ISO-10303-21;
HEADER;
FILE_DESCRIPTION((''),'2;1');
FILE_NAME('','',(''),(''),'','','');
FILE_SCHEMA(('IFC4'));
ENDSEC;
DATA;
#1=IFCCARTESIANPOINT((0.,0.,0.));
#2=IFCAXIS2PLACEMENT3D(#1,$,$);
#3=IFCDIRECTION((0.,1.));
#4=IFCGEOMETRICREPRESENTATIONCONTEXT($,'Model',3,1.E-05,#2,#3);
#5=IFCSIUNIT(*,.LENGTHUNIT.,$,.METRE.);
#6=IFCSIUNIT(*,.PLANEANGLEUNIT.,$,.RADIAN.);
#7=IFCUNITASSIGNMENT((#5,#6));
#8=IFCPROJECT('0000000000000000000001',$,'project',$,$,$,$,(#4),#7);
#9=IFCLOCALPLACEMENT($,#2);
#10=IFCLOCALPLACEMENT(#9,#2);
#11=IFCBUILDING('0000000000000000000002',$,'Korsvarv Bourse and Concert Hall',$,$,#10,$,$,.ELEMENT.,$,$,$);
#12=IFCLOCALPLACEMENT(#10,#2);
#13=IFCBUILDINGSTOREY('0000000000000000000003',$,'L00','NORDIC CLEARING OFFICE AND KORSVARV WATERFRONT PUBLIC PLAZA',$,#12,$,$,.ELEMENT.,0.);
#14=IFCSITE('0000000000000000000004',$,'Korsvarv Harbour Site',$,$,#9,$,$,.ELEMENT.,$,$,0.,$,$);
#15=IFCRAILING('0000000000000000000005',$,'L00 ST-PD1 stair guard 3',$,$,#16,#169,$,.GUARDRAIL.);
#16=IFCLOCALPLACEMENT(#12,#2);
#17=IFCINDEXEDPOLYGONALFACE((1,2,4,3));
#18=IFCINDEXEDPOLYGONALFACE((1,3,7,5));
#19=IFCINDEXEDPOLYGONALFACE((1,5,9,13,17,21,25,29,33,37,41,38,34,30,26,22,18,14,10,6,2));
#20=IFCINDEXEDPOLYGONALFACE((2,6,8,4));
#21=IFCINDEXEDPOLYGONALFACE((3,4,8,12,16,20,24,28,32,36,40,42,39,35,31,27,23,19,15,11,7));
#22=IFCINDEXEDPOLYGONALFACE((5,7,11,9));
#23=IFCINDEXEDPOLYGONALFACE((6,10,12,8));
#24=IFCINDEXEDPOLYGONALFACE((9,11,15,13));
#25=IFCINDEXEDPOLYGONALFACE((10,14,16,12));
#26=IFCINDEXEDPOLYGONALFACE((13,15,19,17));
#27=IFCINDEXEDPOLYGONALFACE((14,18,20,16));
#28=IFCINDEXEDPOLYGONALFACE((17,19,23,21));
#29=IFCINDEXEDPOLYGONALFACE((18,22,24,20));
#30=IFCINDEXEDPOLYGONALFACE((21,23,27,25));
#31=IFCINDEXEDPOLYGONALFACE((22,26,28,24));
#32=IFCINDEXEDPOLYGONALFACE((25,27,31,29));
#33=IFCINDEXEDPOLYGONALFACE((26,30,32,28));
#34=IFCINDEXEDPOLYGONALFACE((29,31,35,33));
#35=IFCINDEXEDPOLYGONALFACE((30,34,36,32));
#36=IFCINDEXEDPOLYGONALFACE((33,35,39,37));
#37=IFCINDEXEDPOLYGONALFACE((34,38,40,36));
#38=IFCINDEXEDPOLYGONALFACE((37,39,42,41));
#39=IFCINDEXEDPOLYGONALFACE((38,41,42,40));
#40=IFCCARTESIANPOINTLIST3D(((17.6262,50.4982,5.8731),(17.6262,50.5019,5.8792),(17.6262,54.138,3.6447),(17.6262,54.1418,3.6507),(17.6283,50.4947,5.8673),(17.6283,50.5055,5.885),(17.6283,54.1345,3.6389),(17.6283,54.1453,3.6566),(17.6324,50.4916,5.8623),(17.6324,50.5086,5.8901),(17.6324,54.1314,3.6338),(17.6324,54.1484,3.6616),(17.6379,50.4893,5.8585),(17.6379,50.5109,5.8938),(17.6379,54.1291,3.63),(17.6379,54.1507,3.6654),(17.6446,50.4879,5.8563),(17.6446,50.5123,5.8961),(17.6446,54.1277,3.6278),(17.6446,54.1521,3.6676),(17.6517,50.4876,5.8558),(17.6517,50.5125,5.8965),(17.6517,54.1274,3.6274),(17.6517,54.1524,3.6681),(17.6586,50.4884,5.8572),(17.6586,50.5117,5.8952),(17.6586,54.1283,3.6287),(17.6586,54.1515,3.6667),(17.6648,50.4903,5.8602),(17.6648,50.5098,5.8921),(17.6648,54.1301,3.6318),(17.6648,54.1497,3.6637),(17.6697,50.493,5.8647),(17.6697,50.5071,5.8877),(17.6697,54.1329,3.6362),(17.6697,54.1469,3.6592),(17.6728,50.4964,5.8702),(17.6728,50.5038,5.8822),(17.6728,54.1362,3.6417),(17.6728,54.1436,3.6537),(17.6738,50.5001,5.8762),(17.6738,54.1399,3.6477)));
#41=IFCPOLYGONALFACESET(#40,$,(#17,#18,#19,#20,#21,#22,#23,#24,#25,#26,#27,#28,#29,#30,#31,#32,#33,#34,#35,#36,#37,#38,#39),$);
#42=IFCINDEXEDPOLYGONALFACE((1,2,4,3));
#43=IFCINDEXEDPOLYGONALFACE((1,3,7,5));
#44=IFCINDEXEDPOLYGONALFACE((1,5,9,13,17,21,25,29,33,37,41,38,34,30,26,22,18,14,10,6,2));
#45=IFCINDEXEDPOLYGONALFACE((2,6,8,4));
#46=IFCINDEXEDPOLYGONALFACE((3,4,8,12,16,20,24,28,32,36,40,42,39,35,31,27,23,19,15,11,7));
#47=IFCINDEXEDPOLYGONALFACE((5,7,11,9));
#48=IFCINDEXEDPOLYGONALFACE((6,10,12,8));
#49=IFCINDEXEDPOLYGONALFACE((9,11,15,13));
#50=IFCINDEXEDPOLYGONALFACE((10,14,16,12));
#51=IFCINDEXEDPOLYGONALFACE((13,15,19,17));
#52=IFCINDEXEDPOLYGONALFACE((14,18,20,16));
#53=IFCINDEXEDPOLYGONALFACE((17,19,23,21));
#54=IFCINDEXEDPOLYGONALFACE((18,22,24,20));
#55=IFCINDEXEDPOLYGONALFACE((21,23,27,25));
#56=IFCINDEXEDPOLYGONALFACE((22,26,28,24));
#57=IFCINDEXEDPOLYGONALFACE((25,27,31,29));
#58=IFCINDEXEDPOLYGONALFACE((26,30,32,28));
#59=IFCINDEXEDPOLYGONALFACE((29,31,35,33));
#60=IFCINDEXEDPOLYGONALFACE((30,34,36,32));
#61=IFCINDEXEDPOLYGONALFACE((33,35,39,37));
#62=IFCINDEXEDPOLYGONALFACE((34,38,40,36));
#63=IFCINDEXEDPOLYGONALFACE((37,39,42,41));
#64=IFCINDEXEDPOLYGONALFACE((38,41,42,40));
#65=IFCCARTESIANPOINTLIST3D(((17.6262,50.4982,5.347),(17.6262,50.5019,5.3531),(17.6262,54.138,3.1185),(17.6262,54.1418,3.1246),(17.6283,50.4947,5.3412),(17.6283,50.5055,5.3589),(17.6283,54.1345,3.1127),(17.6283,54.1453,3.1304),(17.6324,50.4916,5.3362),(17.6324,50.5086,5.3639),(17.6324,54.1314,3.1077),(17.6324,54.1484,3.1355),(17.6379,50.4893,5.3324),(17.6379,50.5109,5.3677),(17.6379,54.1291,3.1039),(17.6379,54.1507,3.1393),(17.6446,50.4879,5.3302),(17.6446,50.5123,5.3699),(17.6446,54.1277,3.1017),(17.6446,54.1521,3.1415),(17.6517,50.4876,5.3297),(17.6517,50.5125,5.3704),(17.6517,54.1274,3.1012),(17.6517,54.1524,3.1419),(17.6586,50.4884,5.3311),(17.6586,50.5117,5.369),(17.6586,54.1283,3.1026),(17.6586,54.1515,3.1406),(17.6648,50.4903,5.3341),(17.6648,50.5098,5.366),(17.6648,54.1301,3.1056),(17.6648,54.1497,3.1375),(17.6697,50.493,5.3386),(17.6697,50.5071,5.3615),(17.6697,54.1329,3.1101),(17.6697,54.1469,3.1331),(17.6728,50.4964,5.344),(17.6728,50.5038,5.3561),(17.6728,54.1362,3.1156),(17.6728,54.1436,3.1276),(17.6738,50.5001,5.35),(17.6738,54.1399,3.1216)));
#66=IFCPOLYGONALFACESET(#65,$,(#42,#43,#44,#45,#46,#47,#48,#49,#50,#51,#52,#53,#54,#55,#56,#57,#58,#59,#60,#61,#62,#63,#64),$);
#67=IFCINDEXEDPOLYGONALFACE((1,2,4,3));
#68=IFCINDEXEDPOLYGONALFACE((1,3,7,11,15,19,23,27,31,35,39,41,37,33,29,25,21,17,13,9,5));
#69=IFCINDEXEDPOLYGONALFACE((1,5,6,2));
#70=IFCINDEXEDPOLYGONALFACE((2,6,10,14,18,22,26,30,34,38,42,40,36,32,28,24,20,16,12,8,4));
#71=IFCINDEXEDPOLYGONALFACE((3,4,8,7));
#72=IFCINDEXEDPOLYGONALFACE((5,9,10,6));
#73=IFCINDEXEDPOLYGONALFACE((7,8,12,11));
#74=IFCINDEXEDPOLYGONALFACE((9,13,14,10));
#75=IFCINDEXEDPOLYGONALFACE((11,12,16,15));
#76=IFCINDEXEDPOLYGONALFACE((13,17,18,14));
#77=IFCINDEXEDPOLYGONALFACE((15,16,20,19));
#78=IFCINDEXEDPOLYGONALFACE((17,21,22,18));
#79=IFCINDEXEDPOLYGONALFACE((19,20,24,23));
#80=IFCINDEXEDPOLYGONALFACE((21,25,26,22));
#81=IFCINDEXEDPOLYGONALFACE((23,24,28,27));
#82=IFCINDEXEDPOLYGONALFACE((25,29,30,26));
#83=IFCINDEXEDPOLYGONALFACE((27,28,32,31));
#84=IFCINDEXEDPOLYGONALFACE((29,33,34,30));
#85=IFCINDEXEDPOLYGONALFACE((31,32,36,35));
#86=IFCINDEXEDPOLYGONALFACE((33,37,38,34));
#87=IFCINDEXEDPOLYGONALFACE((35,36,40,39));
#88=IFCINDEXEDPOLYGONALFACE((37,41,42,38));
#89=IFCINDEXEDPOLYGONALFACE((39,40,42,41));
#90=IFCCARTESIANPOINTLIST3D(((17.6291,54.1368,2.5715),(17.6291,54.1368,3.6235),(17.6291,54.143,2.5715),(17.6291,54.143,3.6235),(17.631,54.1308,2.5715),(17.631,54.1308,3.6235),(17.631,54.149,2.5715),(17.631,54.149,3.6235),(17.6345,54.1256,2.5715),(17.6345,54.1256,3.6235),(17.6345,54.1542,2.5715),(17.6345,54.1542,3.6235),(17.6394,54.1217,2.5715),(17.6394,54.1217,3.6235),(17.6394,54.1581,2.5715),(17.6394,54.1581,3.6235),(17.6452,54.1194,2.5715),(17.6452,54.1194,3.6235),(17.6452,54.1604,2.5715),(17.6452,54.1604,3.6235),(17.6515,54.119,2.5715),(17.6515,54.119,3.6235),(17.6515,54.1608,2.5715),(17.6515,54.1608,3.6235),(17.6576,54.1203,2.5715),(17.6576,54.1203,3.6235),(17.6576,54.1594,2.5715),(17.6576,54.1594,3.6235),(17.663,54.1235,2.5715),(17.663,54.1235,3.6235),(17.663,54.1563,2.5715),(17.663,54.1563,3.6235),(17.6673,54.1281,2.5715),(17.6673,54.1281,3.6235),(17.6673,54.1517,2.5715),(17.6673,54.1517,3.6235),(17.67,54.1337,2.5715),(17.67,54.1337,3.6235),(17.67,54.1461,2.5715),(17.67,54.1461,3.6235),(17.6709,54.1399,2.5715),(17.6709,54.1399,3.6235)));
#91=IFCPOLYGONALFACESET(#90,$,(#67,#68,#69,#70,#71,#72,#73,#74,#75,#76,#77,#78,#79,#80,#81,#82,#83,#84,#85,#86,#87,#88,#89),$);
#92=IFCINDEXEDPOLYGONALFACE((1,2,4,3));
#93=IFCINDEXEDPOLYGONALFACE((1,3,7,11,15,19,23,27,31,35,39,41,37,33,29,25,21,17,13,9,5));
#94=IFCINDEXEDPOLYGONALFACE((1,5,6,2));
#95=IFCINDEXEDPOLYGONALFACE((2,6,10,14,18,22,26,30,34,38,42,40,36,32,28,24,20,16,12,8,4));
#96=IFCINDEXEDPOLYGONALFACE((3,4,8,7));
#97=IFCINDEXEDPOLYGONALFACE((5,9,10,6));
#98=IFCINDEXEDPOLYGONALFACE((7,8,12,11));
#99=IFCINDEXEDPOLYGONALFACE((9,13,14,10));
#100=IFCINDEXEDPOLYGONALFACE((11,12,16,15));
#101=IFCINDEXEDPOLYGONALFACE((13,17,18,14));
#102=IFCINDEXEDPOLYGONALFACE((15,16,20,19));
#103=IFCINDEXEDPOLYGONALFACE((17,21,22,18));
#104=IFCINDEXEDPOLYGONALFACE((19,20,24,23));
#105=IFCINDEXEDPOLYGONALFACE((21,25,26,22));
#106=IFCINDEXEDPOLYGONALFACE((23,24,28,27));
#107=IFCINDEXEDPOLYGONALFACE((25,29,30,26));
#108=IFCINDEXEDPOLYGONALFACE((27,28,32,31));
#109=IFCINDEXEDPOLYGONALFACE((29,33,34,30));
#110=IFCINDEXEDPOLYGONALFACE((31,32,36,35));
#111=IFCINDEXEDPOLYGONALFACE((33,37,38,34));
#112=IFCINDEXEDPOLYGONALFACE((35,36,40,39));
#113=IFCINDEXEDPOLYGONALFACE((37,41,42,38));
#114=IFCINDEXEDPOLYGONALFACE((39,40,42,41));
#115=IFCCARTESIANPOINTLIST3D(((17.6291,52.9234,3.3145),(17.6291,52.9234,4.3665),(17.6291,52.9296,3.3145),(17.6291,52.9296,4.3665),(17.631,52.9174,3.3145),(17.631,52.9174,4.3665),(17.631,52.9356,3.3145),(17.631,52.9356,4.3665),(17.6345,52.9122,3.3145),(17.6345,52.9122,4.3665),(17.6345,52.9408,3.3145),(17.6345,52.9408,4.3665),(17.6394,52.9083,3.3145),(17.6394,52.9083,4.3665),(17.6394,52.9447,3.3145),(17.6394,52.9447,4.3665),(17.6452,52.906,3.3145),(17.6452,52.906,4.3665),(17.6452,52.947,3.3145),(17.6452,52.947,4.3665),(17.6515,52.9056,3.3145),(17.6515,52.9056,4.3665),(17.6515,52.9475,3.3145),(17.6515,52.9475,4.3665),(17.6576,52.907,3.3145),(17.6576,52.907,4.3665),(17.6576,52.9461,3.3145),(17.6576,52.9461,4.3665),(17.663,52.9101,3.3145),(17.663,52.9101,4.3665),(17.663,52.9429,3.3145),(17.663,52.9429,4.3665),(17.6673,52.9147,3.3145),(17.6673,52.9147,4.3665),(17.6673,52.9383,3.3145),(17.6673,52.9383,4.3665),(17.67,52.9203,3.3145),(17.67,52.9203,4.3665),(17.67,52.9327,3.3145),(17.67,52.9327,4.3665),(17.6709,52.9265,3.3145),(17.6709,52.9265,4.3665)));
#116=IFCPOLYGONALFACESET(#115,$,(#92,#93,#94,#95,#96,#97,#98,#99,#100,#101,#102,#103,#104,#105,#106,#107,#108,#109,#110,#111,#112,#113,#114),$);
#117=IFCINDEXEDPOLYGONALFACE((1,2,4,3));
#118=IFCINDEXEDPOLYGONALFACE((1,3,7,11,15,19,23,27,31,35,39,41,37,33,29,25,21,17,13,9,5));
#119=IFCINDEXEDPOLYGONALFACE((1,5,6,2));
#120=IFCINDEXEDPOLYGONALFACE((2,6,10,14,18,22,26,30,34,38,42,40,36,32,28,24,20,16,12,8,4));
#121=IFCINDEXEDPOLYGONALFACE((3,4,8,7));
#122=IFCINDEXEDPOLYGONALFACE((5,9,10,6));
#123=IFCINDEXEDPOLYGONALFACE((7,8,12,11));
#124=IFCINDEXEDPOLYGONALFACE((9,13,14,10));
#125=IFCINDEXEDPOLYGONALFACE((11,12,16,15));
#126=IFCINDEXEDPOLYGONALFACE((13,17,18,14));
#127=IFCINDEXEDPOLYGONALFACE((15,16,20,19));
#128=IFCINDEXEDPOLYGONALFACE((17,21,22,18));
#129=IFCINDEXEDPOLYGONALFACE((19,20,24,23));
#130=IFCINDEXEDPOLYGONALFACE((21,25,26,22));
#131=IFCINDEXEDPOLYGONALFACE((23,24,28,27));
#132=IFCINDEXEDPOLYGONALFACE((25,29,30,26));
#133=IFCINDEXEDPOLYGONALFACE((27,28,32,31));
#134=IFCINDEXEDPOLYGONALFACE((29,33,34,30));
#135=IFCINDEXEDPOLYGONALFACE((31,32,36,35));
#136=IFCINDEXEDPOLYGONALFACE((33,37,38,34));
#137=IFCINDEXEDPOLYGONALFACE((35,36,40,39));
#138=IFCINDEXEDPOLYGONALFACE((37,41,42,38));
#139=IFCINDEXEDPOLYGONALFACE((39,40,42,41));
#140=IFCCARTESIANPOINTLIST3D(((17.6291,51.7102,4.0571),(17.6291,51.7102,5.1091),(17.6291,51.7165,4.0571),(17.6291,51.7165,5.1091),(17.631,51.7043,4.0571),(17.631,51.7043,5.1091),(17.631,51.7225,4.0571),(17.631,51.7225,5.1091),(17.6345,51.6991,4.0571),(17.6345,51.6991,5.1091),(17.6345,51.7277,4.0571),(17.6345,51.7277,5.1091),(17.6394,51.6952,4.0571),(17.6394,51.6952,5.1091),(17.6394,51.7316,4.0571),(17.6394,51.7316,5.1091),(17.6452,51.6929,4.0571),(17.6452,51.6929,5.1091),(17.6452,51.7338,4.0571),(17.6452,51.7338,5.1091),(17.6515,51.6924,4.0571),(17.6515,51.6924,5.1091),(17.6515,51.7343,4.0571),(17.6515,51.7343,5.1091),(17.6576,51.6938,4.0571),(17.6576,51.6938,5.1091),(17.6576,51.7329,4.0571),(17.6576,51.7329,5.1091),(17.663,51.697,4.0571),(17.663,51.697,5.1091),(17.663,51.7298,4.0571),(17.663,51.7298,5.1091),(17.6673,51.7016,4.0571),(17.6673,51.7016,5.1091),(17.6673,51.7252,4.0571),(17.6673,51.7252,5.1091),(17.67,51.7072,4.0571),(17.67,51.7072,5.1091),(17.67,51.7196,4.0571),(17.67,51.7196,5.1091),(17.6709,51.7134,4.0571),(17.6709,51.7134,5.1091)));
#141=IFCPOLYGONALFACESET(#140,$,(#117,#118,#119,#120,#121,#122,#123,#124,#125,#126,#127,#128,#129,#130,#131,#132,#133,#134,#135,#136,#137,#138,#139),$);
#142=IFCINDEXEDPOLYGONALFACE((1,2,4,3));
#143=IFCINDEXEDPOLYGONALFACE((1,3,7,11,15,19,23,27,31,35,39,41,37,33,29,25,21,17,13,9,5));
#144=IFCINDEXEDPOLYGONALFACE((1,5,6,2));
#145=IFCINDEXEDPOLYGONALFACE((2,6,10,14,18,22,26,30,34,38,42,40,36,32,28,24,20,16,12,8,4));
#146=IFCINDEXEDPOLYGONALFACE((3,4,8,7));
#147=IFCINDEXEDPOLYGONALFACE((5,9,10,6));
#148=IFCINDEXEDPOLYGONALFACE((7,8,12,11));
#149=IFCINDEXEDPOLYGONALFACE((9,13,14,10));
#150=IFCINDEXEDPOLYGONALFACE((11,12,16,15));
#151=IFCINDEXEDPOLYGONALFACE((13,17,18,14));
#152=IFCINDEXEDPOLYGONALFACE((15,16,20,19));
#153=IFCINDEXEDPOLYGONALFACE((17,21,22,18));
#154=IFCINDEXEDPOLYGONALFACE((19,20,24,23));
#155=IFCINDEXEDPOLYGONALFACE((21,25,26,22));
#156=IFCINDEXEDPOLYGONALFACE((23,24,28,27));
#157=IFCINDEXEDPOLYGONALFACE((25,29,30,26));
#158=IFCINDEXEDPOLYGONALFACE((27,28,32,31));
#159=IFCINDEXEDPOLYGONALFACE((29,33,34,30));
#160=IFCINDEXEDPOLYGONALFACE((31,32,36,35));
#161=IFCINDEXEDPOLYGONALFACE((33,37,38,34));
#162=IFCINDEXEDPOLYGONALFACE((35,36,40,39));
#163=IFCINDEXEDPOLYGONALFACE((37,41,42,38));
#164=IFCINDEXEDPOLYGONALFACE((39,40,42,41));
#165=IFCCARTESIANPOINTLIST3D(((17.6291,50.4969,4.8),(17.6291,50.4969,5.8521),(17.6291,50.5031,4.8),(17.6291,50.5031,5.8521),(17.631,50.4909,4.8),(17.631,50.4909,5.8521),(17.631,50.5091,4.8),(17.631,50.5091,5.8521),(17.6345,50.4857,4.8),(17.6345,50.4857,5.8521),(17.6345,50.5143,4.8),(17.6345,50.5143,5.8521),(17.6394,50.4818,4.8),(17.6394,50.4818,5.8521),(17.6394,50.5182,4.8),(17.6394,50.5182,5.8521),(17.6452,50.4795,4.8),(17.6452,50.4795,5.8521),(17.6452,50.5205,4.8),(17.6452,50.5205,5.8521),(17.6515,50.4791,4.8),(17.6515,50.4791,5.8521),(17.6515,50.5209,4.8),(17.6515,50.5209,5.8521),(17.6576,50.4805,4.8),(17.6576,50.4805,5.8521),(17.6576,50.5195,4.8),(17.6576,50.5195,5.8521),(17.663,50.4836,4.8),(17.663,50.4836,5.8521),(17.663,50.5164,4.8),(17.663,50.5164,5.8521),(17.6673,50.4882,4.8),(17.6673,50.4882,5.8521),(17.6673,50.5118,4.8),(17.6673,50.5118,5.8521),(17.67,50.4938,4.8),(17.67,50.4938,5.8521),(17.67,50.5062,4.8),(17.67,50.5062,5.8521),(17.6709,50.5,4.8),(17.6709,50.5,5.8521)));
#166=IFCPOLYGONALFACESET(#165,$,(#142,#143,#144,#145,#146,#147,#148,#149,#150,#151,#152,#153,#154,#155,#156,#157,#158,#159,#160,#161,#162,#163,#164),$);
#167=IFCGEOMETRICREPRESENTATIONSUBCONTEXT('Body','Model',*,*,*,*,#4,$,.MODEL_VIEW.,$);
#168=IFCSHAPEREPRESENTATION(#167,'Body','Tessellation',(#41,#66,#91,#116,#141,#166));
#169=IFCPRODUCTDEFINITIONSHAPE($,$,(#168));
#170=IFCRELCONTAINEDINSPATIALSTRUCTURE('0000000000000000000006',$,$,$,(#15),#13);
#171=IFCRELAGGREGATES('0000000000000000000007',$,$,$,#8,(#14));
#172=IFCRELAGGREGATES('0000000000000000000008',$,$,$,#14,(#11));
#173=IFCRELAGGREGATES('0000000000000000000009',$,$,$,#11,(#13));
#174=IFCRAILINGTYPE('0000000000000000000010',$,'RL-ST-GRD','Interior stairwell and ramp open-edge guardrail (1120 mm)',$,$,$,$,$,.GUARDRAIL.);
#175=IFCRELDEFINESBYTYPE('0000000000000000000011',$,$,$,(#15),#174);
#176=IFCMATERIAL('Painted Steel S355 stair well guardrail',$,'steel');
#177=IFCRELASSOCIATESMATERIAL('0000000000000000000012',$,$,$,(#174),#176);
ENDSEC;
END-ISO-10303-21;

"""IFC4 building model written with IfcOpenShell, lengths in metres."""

from ifc_helpers import new_model, si_unit, direction, frame, origin, origin_2d, place, context, subcontext, project, spatial, circle, extrude, material, type_object, element, save


model = new_model("IFC4")

# Units and contexts
model_context = context("Model", 3, precision=1e-05, world=origin(), true_north=direction((0.0, 1.0)))
body_context = subcontext(model_context, "Body", "Model", "MODEL_VIEW")
ifc_project = project(units=[si_unit("LENGTHUNIT", "METRE"), si_unit("PLANEANGLEUNIT", "RADIAN")], contexts=[model_context])

# Site, building, storey
site_placement = place(None, origin())
site = spatial("IfcSite", under=ifc_project, at=site_placement, Name="Korsvarv Harbour Site", CompositionType="ELEMENT", RefElevation=0.0)
building_placement = place(site_placement, origin())
building = spatial("IfcBuilding", under=site, at=building_placement, Name="Korsvarv Bourse and Concert Hall", CompositionType="ELEMENT")
storey_placement = place(building_placement, origin())
storey = spatial("IfcBuildingStorey", under=building, at=storey_placement, Name="L00", Description="NORDIC CLEARING OFFICE AND KORSVARV WATERFRONT PUBLIC PLAZA", CompositionType="ELEMENT", Elevation=0.0)

# Railing
ifc_material_1 = material(Name="Painted Steel S355 stair well guardrail", Category="steel")
railing_type_1 = type_object("IfcRailingType", Name="RL-ST-GRD", Description="Interior stairwell and ramp open-edge guardrail (1120 mm)", PredefinedType="GUARDRAIL", material=ifc_material_1)
railing_1_placement = place(storey_placement, frame((17.6499, 54.1399, 2.5715)))
element("IfcRailing", 1, at=railing_1_placement, inside=storey, type_object=railing_type_1, Name="L00 ST-PD1 stair guard 3", PredefinedType="GUARDRAIL", context=body_context, shape_type="SweptSolid", body=[
    extrude(circle(Radius=0.0239, at=origin_2d()), frame((0.0, 0.0, 1.0762), z_axis=(0.0, -0.85285, 0.522156), x_axis=(1.0, 0.0, 0.0)), (0.0, 0.0, 1.0), 4.2678),
    extrude(circle(Radius=0.0239, at=origin_2d()), frame((0.0, 0.0, 0.55), z_axis=(0.0, -0.85285, 0.522156), x_axis=(1.0, 0.0, 0.0)), (0.0, 0.0, 1.0), 4.2678),
    extrude(circle(Radius=0.021, at=origin_2d()), origin(), (0.0, 0.0, 1.0), 1.052),
    extrude(circle(Radius=0.021, at=origin_2d()), frame((0.0, -1.2134, 0.7429)), (0.0, 0.0, 1.0), 1.052),
    extrude(circle(Radius=0.021, at=origin_2d()), frame((0.0, -2.4265, 1.4856)), (0.0, 0.0, 1.0), 1.052),
    extrude(circle(Radius=0.021, at=origin_2d()), frame((0.0, -3.6399, 2.2285)), (0.0, 0.0, 1.0), 1.052),
])

save(model, "model.ifc")
